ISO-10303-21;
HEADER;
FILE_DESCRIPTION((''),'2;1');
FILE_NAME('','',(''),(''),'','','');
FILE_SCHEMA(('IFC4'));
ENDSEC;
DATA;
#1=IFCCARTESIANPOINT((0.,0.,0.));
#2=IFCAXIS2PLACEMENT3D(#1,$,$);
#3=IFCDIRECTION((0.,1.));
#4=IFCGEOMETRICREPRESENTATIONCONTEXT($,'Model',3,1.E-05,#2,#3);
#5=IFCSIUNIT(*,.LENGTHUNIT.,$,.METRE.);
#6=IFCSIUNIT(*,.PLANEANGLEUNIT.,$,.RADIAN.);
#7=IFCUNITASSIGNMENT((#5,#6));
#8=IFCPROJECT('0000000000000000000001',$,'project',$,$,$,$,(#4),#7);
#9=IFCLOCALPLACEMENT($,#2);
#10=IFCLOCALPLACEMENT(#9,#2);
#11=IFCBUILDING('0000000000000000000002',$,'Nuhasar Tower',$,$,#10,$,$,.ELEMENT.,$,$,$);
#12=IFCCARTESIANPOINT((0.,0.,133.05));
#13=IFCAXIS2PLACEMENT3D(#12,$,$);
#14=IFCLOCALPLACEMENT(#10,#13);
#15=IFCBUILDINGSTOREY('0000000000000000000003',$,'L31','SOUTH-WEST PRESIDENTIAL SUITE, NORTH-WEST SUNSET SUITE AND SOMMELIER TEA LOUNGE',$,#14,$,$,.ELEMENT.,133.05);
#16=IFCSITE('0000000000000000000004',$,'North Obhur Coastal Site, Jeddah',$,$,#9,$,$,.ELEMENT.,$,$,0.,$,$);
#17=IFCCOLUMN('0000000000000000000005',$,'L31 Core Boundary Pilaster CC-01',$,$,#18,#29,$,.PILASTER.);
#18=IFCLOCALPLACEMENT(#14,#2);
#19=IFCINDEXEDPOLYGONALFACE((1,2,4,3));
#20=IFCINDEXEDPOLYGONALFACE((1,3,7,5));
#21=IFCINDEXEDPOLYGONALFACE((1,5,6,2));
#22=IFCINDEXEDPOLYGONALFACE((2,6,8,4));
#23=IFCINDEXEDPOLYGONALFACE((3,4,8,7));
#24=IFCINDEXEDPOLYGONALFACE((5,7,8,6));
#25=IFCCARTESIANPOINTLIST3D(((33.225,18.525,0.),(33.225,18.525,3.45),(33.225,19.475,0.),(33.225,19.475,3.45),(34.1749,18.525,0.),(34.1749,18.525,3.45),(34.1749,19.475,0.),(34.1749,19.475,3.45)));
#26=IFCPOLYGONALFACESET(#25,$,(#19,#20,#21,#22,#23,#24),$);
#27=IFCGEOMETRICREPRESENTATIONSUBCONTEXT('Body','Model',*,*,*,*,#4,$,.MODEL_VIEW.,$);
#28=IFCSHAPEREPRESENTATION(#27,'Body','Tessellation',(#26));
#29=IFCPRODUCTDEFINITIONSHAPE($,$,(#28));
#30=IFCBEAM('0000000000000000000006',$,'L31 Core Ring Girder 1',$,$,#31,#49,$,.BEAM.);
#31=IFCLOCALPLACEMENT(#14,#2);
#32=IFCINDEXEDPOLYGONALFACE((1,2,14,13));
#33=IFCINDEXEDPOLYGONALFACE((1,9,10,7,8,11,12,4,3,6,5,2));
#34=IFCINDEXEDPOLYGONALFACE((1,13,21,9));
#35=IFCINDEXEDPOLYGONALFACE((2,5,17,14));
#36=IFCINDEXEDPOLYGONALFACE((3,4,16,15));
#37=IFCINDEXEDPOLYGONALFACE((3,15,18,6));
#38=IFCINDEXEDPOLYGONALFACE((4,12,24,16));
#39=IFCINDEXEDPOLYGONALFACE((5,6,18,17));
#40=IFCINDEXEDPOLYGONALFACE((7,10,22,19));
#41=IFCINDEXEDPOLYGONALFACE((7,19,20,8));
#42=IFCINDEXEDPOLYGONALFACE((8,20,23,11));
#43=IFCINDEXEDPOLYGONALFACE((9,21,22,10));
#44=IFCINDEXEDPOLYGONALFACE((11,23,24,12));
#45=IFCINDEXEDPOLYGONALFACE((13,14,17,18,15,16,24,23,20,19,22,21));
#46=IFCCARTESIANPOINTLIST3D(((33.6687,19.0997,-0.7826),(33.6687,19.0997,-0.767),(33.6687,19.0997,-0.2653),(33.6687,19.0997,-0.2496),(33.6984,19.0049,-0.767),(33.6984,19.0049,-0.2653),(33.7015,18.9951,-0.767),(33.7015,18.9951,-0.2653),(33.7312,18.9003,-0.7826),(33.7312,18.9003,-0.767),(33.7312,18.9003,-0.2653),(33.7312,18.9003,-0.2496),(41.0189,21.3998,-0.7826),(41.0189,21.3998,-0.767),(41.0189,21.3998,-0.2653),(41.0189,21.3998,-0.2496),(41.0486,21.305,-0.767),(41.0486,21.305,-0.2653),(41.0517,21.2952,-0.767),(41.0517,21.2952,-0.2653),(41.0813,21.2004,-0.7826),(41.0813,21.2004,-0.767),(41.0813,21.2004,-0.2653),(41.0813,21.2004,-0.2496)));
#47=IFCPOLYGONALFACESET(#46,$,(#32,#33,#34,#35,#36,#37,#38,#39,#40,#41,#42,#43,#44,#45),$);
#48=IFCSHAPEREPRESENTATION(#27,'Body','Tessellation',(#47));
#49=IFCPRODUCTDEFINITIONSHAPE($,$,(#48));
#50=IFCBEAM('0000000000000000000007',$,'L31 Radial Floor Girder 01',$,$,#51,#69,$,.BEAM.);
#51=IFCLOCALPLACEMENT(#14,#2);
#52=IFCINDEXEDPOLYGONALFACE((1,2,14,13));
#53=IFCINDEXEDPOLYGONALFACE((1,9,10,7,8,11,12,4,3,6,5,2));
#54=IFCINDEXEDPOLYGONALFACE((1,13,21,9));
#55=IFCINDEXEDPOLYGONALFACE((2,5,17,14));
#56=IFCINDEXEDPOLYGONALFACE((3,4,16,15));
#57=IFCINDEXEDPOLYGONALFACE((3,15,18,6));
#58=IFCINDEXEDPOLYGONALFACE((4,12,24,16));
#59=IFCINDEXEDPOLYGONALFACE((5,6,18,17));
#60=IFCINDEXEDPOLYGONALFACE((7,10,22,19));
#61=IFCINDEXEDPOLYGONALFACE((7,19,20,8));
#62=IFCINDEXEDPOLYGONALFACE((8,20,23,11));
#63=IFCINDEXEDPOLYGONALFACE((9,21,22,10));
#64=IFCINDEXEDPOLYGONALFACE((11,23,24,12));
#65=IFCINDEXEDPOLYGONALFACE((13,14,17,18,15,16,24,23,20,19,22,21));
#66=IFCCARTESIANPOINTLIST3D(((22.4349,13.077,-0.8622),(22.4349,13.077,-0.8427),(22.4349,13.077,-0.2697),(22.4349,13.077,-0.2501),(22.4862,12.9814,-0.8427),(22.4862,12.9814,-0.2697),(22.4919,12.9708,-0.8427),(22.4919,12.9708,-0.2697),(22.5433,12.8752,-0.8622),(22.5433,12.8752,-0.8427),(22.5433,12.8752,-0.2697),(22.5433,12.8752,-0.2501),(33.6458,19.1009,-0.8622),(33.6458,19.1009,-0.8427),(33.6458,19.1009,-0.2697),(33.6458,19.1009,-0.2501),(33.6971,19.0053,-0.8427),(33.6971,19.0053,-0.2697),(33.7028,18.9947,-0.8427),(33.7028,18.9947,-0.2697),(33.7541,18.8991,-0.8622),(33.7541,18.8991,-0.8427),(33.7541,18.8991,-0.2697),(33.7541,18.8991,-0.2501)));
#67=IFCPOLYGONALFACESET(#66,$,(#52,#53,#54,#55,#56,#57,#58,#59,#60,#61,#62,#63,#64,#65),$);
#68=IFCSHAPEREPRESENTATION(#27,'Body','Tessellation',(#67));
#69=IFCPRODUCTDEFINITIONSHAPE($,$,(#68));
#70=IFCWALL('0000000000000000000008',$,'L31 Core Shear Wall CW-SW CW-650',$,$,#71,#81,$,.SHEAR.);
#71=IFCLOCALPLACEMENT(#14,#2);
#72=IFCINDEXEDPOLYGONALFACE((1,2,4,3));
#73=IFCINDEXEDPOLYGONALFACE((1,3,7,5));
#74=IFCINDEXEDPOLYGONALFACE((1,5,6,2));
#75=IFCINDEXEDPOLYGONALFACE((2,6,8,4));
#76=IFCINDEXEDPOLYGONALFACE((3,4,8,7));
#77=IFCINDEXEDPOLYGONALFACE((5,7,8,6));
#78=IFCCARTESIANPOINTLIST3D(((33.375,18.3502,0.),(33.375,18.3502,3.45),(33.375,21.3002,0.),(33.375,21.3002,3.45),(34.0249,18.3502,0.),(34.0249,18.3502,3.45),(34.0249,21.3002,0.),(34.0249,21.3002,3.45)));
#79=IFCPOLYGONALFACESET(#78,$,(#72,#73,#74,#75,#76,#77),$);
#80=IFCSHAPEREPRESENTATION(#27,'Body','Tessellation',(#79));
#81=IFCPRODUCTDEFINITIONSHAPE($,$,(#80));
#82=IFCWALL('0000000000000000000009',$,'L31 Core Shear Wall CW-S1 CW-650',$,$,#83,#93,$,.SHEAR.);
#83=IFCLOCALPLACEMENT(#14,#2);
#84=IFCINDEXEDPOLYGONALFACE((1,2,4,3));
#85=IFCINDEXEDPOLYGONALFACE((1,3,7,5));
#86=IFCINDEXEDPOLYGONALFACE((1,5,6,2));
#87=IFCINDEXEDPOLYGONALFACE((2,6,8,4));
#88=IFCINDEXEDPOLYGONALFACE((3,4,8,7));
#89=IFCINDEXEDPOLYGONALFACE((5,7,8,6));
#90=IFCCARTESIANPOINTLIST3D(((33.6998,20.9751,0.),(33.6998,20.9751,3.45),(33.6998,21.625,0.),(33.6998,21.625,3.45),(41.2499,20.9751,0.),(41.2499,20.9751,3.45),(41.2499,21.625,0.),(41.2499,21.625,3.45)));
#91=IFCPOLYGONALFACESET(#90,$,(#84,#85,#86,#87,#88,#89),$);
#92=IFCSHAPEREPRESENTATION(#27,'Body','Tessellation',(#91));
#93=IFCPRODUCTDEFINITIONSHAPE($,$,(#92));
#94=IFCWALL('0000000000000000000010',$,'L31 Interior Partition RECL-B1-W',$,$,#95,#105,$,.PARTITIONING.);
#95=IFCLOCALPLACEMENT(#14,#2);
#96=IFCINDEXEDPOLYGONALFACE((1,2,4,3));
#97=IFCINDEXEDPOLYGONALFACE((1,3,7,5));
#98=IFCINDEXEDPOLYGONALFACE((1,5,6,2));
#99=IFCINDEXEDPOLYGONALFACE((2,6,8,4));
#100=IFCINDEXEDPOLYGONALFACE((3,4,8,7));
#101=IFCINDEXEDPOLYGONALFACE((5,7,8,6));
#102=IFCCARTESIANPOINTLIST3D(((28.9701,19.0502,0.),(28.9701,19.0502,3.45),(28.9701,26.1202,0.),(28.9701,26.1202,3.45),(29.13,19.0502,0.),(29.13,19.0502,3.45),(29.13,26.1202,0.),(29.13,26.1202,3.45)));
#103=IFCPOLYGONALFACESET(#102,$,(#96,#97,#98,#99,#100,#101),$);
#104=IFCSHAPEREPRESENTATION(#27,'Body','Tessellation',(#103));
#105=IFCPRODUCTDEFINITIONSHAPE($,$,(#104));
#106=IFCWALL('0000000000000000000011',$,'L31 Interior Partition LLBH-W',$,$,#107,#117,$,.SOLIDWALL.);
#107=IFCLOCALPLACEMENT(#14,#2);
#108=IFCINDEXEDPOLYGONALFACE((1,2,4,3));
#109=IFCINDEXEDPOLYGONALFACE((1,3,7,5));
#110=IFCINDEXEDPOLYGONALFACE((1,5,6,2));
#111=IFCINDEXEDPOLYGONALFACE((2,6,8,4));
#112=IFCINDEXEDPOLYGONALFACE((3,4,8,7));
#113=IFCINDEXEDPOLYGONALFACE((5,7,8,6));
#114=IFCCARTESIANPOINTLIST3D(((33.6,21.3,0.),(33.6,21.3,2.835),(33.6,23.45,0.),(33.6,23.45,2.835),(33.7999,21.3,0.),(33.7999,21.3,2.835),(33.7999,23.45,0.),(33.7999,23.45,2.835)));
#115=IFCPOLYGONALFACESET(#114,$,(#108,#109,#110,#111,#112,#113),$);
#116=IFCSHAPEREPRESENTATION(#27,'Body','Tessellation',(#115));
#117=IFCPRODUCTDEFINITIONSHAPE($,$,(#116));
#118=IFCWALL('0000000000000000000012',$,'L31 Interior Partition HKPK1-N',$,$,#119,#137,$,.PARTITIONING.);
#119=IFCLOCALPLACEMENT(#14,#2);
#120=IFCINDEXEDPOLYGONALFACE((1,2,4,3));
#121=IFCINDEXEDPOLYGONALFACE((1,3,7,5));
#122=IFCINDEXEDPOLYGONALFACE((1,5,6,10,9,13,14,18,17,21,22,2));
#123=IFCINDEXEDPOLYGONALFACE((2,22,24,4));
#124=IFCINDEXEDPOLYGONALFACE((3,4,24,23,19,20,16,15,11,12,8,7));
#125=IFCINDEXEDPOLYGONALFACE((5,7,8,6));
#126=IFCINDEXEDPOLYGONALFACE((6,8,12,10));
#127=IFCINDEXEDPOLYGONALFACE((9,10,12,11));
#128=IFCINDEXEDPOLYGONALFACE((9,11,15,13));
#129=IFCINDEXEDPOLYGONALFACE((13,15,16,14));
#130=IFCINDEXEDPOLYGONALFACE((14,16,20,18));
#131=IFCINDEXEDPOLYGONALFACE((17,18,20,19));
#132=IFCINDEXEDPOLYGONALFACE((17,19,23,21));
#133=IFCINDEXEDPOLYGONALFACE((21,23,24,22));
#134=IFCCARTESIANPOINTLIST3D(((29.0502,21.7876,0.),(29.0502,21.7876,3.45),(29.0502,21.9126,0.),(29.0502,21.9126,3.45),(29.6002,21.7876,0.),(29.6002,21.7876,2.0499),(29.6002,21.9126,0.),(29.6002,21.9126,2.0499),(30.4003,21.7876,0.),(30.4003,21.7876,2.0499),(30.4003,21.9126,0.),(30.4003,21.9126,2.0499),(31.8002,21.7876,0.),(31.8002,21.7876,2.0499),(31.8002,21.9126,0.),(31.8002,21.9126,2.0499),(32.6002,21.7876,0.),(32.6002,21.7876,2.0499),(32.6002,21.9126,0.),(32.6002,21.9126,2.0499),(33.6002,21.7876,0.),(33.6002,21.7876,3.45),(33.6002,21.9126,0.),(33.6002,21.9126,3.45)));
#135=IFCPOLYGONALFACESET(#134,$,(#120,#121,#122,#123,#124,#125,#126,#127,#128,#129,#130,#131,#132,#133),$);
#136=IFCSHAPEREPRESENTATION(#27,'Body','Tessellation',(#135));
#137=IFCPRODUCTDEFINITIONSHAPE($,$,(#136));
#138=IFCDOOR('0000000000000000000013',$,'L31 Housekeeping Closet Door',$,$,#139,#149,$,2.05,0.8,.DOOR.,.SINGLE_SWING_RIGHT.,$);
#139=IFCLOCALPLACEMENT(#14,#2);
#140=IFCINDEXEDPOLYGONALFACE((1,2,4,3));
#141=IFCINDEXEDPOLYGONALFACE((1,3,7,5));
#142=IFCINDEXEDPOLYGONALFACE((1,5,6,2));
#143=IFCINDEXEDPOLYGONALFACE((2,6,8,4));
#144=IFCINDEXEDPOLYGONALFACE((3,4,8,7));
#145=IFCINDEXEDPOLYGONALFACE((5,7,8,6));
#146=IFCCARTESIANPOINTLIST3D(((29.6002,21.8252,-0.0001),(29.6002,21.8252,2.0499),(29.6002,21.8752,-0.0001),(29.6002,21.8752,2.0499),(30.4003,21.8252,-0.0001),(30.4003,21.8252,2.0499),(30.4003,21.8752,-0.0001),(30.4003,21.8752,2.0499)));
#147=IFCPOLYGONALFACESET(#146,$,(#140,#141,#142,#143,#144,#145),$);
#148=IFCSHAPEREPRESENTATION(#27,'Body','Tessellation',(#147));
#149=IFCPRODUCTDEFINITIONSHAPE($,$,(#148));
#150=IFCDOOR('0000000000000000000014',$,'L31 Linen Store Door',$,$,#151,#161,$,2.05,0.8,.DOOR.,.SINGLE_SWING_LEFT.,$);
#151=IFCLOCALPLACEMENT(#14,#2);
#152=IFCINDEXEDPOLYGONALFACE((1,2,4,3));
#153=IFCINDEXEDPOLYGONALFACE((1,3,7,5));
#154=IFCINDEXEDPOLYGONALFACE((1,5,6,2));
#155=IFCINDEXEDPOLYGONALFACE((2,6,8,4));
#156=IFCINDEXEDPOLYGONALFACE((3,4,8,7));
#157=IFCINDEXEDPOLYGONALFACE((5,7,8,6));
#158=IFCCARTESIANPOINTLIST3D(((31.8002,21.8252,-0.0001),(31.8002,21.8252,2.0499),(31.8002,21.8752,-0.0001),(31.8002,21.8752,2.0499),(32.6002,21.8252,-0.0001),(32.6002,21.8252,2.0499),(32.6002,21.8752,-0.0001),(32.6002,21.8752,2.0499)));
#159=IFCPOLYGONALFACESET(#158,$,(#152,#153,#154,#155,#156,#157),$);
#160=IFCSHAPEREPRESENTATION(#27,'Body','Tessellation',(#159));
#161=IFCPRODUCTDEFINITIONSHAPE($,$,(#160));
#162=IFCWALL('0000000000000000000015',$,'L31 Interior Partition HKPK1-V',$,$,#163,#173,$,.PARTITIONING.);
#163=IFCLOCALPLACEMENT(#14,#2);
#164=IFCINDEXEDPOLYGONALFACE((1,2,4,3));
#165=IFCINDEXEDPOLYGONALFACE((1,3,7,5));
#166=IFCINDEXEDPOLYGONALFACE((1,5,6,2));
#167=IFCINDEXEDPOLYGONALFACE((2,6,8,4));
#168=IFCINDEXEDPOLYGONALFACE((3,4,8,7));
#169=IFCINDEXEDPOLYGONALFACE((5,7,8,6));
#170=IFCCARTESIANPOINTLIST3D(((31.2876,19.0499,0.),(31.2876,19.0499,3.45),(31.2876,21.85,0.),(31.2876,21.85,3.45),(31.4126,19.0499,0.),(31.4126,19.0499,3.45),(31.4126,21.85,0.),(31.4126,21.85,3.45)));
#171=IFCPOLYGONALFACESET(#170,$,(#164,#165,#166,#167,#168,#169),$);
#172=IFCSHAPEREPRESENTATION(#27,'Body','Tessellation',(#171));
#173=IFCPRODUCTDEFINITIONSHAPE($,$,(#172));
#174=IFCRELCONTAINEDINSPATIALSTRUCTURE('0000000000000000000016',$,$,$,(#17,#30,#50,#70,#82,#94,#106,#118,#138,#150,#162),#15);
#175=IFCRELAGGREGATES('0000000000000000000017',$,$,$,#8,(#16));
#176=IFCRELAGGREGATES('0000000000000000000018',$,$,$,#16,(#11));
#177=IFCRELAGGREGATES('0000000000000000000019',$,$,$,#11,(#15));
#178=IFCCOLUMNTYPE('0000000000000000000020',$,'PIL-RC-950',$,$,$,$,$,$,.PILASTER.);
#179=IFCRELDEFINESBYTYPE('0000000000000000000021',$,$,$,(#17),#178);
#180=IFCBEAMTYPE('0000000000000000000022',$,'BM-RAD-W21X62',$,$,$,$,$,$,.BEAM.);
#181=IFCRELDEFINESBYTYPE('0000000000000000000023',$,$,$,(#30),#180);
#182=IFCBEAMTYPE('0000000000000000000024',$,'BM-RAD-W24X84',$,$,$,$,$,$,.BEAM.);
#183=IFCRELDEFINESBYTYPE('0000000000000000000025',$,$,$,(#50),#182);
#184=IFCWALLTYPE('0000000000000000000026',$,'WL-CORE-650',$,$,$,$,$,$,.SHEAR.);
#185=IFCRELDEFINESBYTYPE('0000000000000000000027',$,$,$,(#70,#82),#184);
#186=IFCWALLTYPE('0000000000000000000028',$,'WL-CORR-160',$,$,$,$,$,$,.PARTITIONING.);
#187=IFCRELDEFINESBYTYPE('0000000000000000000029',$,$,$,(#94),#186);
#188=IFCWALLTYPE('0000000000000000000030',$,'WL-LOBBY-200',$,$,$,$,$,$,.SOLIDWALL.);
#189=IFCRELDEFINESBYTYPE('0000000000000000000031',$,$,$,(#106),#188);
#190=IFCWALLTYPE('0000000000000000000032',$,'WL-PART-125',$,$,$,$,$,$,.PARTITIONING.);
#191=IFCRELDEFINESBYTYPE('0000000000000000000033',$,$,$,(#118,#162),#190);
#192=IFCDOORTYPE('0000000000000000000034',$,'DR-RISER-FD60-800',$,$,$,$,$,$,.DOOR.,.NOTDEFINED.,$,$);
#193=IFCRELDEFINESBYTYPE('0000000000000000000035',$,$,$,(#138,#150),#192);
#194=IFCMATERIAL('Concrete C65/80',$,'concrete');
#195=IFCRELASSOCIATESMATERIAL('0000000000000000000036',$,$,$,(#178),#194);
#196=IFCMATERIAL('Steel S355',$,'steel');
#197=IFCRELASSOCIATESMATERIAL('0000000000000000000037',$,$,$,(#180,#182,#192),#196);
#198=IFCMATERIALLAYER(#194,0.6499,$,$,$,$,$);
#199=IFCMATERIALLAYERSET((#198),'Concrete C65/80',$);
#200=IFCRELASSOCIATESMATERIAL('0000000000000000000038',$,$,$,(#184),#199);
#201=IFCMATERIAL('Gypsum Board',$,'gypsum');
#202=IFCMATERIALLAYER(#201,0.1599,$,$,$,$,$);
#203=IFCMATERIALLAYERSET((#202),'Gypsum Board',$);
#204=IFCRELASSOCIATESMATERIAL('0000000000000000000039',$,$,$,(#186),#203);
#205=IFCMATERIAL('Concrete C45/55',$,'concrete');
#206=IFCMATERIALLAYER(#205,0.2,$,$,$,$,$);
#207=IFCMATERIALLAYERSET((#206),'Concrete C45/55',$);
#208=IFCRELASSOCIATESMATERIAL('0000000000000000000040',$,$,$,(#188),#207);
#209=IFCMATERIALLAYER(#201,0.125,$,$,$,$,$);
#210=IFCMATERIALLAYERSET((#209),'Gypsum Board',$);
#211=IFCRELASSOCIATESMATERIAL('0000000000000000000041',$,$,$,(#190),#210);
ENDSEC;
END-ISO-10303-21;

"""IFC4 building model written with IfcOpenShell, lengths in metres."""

from ifc_helpers import new_model, si_unit, direction, frame, frame_2d, origin, origin_2d, place, context, subcontext, project, spatial, rectangle, i_section, extrude, material, layer, layer_set, material_profile, profile_set, type_object, element, fill, save


model = new_model("IFC4")

# Units and contexts
model_context = context("Model", 3, precision=1e-05, world=origin(), true_north=direction((0.0, 1.0)))
body_context = subcontext(model_context, "Body", "Model", "MODEL_VIEW")
ifc_project = project(units=[si_unit("LENGTHUNIT", "METRE"), si_unit("PLANEANGLEUNIT", "RADIAN")], contexts=[model_context])

# Site, building, storey
site_placement = place(None, origin())
site = spatial("IfcSite", under=ifc_project, at=site_placement, Name="North Obhur Coastal Site, Jeddah", CompositionType="ELEMENT", RefElevation=0.0)
building_placement = place(site_placement, origin())
building = spatial("IfcBuilding", under=site, at=building_placement, Name="Nuhasar Tower", CompositionType="ELEMENT")
storey_placement = place(building_placement, frame((0.0, 0.0, 133.05)))
storey = spatial("IfcBuildingStorey", under=building, at=storey_placement, Name="L31", Description="SOUTH-WEST PRESIDENTIAL SUITE, NORTH-WEST SUNSET SUITE AND SOMMELIER TEA LOUNGE", CompositionType="ELEMENT", Elevation=133.05)

# Column
ifc_material_1 = material(Name="Concrete C65/80", Category="concrete")
ifc_material_profile_1 = material_profile(ifc_material_1, rectangle(XDim=0.95, YDim=0.95, at=origin_2d()), Name="RC950X950")
ifc_profile_set_1 = profile_set([ifc_material_profile_1], Name="Concrete C65/80")
column_type = type_object("IfcColumnType", Name="PIL-RC-950", PredefinedType="PILASTER", material=ifc_profile_set_1)
column_placement = place(storey_placement, frame((33.7, 19.0, 0.0), z_axis=(0.0, 0.0, 1.0), x_axis=(1.0, 0.0, 0.0)))
element("IfcColumn", 1, at=column_placement, inside=storey, type_object=column_type, Name="L31 Core Boundary Pilaster CC-01", PredefinedType="PILASTER", context=body_context, shape_type="SweptSolid", body=[
    extrude(rectangle(XDim=0.95, YDim=0.95, at=origin_2d()), origin(), (0.0, 0.0, 1.0), 3.45),
])

# Beams
ifc_material_2 = material(Name="Steel S355", Category="steel")
ifc_material_profile_2 = material_profile(ifc_material_2, i_section(OverallWidth=0.209, OverallDepth=0.533, WebThickness=0.0103, FlangeThickness=0.0156, at=origin_2d()), Name="W21X62")
ifc_profile_set_2 = profile_set([ifc_material_profile_2], Name="Steel S355")
beam_type_1 = type_object("IfcBeamType", Name="BM-RAD-W21X62", PredefinedType="BEAM", material=ifc_profile_set_2)
beam_1_placement = place(storey_placement, frame((33.7, 19.0, -0.5161), z_axis=(0.954364, 0.298647, 0.0), x_axis=(-0.298647, 0.954364, 0.0)))
element("IfcBeam", 2, at=beam_1_placement, inside=storey, type_object=beam_type_1, Name="L31 Core Ring Girder 1", PredefinedType="BEAM", context=body_context, shape_type="SweptSolid", body=[
    extrude(i_section(OverallWidth=0.209, OverallDepth=0.533, WebThickness=0.0103, FlangeThickness=0.0156, at=origin_2d()), origin(), (0.0, 0.0, 1.0), 7.7017),
])
ifc_material_profile_3 = material_profile(ifc_material_2, i_section(OverallWidth=0.229, OverallDepth=0.6121, WebThickness=0.012, FlangeThickness=0.0195, at=origin_2d()), Name="W24X84")
ifc_profile_set_3 = profile_set([ifc_material_profile_3], Name="Steel S355")
beam_type_2 = type_object("IfcBeamType", Name="BM-RAD-W24X84", PredefinedType="BEAM", material=ifc_profile_set_3)
beam_2_placement = place(storey_placement, frame((33.7, 19.0, -0.5562), z_axis=(-0.880888, -0.473324, 0.0), x_axis=(0.473324, -0.880888, 0.0)))
element("IfcBeam", 3, at=beam_2_placement, inside=storey, type_object=beam_type_2, Name="L31 Radial Floor Girder 01", PredefinedType="BEAM", context=body_context, shape_type="SweptSolid", body=[
    extrude(i_section(OverallWidth=0.229, OverallDepth=0.6121, WebThickness=0.012, FlangeThickness=0.0195, at=origin_2d()), origin(), (0.0, 0.0, 1.0), 12.7268),
])

# Walls
ifc_layer_1 = layer(ifc_material_1, 0.6499)
ifc_layer_set_1 = layer_set([ifc_layer_1], Name="Concrete C65/80")
wall_type_1 = type_object("IfcWallType", Name="WL-CORE-650", PredefinedType="SHEAR", material=ifc_layer_set_1)
wall_1_placement = place(storey_placement, frame((33.7, 18.3501, 0.0), z_axis=(0.0, 0.0, 1.0), x_axis=(0.0, 1.0, 0.0)))
element("IfcWall", 4, at=wall_1_placement, inside=storey, type_object=wall_type_1, Name="L31 Core Shear Wall CW-SW CW-650", PredefinedType="SHEAR", context=body_context, shape_type="SweptSolid", body=[
    extrude(rectangle(XDim=2.95, YDim=0.6499, at=frame_2d((1.4751, 0.0))), origin(), (0.0, 0.0, 1.0), 3.45),
])
wall_2_placement = place(storey_placement, frame((33.7, 21.3, 0.0), z_axis=(0.0, 0.0, 1.0), x_axis=(1.0, 0.0, 0.0)))
element("IfcWall", 5, at=wall_2_placement, inside=storey, type_object=wall_type_1, Name="L31 Core Shear Wall CW-S1 CW-650", PredefinedType="SHEAR", context=body_context, shape_type="SweptSolid", body=[
    extrude(rectangle(XDim=7.55, YDim=0.6499, at=frame_2d((3.7749, 0.0))), origin(), (0.0, 0.0, 1.0), 3.45),
])
ifc_material_3 = material(Name="Gypsum Board", Category="gypsum")
ifc_layer_2 = layer(ifc_material_3, 0.1599)
ifc_layer_set_2 = layer_set([ifc_layer_2], Name="Gypsum Board")
wall_type_2 = type_object("IfcWallType", Name="WL-CORR-160", PredefinedType="PARTITIONING", material=ifc_layer_set_2)
wall_3_placement = place(storey_placement, frame((29.05, 19.05, 0.0), z_axis=(0.0, 0.0, 1.0), x_axis=(0.0, 1.0, 0.0)))
element("IfcWall", 6, at=wall_3_placement, inside=storey, type_object=wall_type_2, Name="L31 Interior Partition RECL-B1-W", PredefinedType="PARTITIONING", context=body_context, shape_type="SweptSolid", body=[
    extrude(rectangle(XDim=7.0701, YDim=0.1599, at=frame_2d((3.5352, 0.0))), origin(), (0.0, 0.0, 1.0), 3.45),
])

# Wall
ifc_material_4 = material(Name="Concrete C45/55", Category="concrete")
ifc_layer_3 = layer(ifc_material_4, 0.2)
ifc_layer_set_3 = layer_set([ifc_layer_3], Name="Concrete C45/55")
wall_type_3 = type_object("IfcWallType", Name="WL-LOBBY-200", PredefinedType="SOLIDWALL", material=ifc_layer_set_3)
wall_4_placement = place(storey_placement, frame((33.7, 21.3, 0.0), z_axis=(0.0, 0.0, 1.0), x_axis=(0.0, 1.0, 0.0)))
element("IfcWall", 7, at=wall_4_placement, inside=storey, type_object=wall_type_3, Name="L31 Interior Partition LLBH-W", PredefinedType="SOLIDWALL", context=body_context, shape_type="SweptSolid", body=[
    extrude(rectangle(XDim=2.1499, YDim=0.2, at=frame_2d((1.075, 0.0))), origin(), (0.0, 0.0, 1.0), 2.835),
])

# Wall, openings, doors
ifc_layer_4 = layer(ifc_material_3, 0.125)
ifc_layer_set_4 = layer_set([ifc_layer_4], Name="Gypsum Board")
wall_type_4 = type_object("IfcWallType", Name="WL-PART-125", PredefinedType="PARTITIONING", material=ifc_layer_set_4)
wall_5_placement = place(storey_placement, frame((33.6001, 21.8501, 0.0), z_axis=(0.0, 0.0, 1.0), x_axis=(-1.0, 0.0, 0.0)))
wall_5 = element("IfcWall", 8, at=wall_5_placement, inside=storey, type_object=wall_type_4, Name="L31 Interior Partition HKPK1-N", PredefinedType="PARTITIONING", context=body_context, shape_type="SweptSolid", body=[
    extrude(rectangle(XDim=4.55, YDim=0.125, at=frame_2d((2.2749, 0.0))), origin(), (0.0, 0.0, 1.0), 3.45),
])
opening_1_placement = place(wall_5_placement, frame((3.2, 0.0, 0.0)))
opening_1 = element("IfcOpeningElement", 9, at=opening_1_placement, cuts=wall_5, PredefinedType="OPENING", context=body_context, shape_type="SweptSolid", body=[
    extrude(rectangle(XDim=0.8, YDim=2.05, at=frame_2d((0.3999, 1.0249))), frame((0.0, 0.0725, 0.0), z_axis=(0.0, -1.0, 0.0), x_axis=(1.0, 0.0, 0.0)), (0.0, 0.0, 1.0), 0.145),
])
opening_2_placement = place(wall_5_placement, frame((1.0, 0.0, 0.0)))
opening_2 = element("IfcOpeningElement", 10, at=opening_2_placement, cuts=wall_5, PredefinedType="OPENING", context=body_context, shape_type="SweptSolid", body=[
    extrude(rectangle(XDim=0.8, YDim=2.05, at=frame_2d((0.3999, 1.0249))), frame((0.0, 0.0725, 0.0), z_axis=(0.0, -1.0, 0.0), x_axis=(1.0, 0.0, 0.0)), (0.0, 0.0, 1.0), 0.145),
])
door_type_1 = type_object("IfcDoorType", Name="DR-RISER-FD60-800", OperationType="NOTDEFINED", PredefinedType="DOOR", material=ifc_material_2)
door_1_placement = place(opening_1_placement, origin())
door_1 = element("IfcDoor", 11, at=door_1_placement, inside=storey, type_object=door_type_1, Name="L31 Housekeeping Closet Door", OperationType="SINGLE_SWING_RIGHT", OverallHeight=2.05, OverallWidth=0.8, PredefinedType="DOOR", context=body_context, shape_type="SweptSolid", body=[
    extrude(rectangle(XDim=0.8, YDim=2.05, at=frame_2d((0.3999, 1.0249))), frame((0.0, 0.0249, 0.0), z_axis=(0.0, -1.0, 0.0), x_axis=(1.0, 0.0, 0.0)), (0.0, 0.0, 1.0), 0.05),
])
fill(opening_1, door_1)
door_2_placement = place(opening_2_placement, origin())
door_2 = element("IfcDoor", 12, at=door_2_placement, inside=storey, type_object=door_type_1, Name="L31 Linen Store Door", OperationType="SINGLE_SWING_LEFT", OverallHeight=2.05, OverallWidth=0.8, PredefinedType="DOOR", context=body_context, shape_type="SweptSolid", body=[
    extrude(rectangle(XDim=0.8, YDim=2.05, at=frame_2d((0.3999, 1.0249))), frame((0.0, 0.0249, 0.0), z_axis=(0.0, -1.0, 0.0), x_axis=(1.0, 0.0, 0.0)), (0.0, 0.0, 1.0), 0.05),
])
fill(opening_2, door_2)

# Wall
wall_6_placement = place(storey_placement, frame((31.3501, 19.05, 0.0), z_axis=(0.0, 0.0, 1.0), x_axis=(0.0, 1.0, 0.0)))
element("IfcWall", 13, at=wall_6_placement, inside=storey, type_object=wall_type_4, Name="L31 Interior Partition HKPK1-V", PredefinedType="PARTITIONING", context=body_context, shape_type="SweptSolid", body=[
    extrude(rectangle(XDim=2.8, YDim=0.125, at=frame_2d((1.3999, 0.0))), origin(), (0.0, 0.0, 1.0), 3.45),
])

save(model, "model.ifc")
